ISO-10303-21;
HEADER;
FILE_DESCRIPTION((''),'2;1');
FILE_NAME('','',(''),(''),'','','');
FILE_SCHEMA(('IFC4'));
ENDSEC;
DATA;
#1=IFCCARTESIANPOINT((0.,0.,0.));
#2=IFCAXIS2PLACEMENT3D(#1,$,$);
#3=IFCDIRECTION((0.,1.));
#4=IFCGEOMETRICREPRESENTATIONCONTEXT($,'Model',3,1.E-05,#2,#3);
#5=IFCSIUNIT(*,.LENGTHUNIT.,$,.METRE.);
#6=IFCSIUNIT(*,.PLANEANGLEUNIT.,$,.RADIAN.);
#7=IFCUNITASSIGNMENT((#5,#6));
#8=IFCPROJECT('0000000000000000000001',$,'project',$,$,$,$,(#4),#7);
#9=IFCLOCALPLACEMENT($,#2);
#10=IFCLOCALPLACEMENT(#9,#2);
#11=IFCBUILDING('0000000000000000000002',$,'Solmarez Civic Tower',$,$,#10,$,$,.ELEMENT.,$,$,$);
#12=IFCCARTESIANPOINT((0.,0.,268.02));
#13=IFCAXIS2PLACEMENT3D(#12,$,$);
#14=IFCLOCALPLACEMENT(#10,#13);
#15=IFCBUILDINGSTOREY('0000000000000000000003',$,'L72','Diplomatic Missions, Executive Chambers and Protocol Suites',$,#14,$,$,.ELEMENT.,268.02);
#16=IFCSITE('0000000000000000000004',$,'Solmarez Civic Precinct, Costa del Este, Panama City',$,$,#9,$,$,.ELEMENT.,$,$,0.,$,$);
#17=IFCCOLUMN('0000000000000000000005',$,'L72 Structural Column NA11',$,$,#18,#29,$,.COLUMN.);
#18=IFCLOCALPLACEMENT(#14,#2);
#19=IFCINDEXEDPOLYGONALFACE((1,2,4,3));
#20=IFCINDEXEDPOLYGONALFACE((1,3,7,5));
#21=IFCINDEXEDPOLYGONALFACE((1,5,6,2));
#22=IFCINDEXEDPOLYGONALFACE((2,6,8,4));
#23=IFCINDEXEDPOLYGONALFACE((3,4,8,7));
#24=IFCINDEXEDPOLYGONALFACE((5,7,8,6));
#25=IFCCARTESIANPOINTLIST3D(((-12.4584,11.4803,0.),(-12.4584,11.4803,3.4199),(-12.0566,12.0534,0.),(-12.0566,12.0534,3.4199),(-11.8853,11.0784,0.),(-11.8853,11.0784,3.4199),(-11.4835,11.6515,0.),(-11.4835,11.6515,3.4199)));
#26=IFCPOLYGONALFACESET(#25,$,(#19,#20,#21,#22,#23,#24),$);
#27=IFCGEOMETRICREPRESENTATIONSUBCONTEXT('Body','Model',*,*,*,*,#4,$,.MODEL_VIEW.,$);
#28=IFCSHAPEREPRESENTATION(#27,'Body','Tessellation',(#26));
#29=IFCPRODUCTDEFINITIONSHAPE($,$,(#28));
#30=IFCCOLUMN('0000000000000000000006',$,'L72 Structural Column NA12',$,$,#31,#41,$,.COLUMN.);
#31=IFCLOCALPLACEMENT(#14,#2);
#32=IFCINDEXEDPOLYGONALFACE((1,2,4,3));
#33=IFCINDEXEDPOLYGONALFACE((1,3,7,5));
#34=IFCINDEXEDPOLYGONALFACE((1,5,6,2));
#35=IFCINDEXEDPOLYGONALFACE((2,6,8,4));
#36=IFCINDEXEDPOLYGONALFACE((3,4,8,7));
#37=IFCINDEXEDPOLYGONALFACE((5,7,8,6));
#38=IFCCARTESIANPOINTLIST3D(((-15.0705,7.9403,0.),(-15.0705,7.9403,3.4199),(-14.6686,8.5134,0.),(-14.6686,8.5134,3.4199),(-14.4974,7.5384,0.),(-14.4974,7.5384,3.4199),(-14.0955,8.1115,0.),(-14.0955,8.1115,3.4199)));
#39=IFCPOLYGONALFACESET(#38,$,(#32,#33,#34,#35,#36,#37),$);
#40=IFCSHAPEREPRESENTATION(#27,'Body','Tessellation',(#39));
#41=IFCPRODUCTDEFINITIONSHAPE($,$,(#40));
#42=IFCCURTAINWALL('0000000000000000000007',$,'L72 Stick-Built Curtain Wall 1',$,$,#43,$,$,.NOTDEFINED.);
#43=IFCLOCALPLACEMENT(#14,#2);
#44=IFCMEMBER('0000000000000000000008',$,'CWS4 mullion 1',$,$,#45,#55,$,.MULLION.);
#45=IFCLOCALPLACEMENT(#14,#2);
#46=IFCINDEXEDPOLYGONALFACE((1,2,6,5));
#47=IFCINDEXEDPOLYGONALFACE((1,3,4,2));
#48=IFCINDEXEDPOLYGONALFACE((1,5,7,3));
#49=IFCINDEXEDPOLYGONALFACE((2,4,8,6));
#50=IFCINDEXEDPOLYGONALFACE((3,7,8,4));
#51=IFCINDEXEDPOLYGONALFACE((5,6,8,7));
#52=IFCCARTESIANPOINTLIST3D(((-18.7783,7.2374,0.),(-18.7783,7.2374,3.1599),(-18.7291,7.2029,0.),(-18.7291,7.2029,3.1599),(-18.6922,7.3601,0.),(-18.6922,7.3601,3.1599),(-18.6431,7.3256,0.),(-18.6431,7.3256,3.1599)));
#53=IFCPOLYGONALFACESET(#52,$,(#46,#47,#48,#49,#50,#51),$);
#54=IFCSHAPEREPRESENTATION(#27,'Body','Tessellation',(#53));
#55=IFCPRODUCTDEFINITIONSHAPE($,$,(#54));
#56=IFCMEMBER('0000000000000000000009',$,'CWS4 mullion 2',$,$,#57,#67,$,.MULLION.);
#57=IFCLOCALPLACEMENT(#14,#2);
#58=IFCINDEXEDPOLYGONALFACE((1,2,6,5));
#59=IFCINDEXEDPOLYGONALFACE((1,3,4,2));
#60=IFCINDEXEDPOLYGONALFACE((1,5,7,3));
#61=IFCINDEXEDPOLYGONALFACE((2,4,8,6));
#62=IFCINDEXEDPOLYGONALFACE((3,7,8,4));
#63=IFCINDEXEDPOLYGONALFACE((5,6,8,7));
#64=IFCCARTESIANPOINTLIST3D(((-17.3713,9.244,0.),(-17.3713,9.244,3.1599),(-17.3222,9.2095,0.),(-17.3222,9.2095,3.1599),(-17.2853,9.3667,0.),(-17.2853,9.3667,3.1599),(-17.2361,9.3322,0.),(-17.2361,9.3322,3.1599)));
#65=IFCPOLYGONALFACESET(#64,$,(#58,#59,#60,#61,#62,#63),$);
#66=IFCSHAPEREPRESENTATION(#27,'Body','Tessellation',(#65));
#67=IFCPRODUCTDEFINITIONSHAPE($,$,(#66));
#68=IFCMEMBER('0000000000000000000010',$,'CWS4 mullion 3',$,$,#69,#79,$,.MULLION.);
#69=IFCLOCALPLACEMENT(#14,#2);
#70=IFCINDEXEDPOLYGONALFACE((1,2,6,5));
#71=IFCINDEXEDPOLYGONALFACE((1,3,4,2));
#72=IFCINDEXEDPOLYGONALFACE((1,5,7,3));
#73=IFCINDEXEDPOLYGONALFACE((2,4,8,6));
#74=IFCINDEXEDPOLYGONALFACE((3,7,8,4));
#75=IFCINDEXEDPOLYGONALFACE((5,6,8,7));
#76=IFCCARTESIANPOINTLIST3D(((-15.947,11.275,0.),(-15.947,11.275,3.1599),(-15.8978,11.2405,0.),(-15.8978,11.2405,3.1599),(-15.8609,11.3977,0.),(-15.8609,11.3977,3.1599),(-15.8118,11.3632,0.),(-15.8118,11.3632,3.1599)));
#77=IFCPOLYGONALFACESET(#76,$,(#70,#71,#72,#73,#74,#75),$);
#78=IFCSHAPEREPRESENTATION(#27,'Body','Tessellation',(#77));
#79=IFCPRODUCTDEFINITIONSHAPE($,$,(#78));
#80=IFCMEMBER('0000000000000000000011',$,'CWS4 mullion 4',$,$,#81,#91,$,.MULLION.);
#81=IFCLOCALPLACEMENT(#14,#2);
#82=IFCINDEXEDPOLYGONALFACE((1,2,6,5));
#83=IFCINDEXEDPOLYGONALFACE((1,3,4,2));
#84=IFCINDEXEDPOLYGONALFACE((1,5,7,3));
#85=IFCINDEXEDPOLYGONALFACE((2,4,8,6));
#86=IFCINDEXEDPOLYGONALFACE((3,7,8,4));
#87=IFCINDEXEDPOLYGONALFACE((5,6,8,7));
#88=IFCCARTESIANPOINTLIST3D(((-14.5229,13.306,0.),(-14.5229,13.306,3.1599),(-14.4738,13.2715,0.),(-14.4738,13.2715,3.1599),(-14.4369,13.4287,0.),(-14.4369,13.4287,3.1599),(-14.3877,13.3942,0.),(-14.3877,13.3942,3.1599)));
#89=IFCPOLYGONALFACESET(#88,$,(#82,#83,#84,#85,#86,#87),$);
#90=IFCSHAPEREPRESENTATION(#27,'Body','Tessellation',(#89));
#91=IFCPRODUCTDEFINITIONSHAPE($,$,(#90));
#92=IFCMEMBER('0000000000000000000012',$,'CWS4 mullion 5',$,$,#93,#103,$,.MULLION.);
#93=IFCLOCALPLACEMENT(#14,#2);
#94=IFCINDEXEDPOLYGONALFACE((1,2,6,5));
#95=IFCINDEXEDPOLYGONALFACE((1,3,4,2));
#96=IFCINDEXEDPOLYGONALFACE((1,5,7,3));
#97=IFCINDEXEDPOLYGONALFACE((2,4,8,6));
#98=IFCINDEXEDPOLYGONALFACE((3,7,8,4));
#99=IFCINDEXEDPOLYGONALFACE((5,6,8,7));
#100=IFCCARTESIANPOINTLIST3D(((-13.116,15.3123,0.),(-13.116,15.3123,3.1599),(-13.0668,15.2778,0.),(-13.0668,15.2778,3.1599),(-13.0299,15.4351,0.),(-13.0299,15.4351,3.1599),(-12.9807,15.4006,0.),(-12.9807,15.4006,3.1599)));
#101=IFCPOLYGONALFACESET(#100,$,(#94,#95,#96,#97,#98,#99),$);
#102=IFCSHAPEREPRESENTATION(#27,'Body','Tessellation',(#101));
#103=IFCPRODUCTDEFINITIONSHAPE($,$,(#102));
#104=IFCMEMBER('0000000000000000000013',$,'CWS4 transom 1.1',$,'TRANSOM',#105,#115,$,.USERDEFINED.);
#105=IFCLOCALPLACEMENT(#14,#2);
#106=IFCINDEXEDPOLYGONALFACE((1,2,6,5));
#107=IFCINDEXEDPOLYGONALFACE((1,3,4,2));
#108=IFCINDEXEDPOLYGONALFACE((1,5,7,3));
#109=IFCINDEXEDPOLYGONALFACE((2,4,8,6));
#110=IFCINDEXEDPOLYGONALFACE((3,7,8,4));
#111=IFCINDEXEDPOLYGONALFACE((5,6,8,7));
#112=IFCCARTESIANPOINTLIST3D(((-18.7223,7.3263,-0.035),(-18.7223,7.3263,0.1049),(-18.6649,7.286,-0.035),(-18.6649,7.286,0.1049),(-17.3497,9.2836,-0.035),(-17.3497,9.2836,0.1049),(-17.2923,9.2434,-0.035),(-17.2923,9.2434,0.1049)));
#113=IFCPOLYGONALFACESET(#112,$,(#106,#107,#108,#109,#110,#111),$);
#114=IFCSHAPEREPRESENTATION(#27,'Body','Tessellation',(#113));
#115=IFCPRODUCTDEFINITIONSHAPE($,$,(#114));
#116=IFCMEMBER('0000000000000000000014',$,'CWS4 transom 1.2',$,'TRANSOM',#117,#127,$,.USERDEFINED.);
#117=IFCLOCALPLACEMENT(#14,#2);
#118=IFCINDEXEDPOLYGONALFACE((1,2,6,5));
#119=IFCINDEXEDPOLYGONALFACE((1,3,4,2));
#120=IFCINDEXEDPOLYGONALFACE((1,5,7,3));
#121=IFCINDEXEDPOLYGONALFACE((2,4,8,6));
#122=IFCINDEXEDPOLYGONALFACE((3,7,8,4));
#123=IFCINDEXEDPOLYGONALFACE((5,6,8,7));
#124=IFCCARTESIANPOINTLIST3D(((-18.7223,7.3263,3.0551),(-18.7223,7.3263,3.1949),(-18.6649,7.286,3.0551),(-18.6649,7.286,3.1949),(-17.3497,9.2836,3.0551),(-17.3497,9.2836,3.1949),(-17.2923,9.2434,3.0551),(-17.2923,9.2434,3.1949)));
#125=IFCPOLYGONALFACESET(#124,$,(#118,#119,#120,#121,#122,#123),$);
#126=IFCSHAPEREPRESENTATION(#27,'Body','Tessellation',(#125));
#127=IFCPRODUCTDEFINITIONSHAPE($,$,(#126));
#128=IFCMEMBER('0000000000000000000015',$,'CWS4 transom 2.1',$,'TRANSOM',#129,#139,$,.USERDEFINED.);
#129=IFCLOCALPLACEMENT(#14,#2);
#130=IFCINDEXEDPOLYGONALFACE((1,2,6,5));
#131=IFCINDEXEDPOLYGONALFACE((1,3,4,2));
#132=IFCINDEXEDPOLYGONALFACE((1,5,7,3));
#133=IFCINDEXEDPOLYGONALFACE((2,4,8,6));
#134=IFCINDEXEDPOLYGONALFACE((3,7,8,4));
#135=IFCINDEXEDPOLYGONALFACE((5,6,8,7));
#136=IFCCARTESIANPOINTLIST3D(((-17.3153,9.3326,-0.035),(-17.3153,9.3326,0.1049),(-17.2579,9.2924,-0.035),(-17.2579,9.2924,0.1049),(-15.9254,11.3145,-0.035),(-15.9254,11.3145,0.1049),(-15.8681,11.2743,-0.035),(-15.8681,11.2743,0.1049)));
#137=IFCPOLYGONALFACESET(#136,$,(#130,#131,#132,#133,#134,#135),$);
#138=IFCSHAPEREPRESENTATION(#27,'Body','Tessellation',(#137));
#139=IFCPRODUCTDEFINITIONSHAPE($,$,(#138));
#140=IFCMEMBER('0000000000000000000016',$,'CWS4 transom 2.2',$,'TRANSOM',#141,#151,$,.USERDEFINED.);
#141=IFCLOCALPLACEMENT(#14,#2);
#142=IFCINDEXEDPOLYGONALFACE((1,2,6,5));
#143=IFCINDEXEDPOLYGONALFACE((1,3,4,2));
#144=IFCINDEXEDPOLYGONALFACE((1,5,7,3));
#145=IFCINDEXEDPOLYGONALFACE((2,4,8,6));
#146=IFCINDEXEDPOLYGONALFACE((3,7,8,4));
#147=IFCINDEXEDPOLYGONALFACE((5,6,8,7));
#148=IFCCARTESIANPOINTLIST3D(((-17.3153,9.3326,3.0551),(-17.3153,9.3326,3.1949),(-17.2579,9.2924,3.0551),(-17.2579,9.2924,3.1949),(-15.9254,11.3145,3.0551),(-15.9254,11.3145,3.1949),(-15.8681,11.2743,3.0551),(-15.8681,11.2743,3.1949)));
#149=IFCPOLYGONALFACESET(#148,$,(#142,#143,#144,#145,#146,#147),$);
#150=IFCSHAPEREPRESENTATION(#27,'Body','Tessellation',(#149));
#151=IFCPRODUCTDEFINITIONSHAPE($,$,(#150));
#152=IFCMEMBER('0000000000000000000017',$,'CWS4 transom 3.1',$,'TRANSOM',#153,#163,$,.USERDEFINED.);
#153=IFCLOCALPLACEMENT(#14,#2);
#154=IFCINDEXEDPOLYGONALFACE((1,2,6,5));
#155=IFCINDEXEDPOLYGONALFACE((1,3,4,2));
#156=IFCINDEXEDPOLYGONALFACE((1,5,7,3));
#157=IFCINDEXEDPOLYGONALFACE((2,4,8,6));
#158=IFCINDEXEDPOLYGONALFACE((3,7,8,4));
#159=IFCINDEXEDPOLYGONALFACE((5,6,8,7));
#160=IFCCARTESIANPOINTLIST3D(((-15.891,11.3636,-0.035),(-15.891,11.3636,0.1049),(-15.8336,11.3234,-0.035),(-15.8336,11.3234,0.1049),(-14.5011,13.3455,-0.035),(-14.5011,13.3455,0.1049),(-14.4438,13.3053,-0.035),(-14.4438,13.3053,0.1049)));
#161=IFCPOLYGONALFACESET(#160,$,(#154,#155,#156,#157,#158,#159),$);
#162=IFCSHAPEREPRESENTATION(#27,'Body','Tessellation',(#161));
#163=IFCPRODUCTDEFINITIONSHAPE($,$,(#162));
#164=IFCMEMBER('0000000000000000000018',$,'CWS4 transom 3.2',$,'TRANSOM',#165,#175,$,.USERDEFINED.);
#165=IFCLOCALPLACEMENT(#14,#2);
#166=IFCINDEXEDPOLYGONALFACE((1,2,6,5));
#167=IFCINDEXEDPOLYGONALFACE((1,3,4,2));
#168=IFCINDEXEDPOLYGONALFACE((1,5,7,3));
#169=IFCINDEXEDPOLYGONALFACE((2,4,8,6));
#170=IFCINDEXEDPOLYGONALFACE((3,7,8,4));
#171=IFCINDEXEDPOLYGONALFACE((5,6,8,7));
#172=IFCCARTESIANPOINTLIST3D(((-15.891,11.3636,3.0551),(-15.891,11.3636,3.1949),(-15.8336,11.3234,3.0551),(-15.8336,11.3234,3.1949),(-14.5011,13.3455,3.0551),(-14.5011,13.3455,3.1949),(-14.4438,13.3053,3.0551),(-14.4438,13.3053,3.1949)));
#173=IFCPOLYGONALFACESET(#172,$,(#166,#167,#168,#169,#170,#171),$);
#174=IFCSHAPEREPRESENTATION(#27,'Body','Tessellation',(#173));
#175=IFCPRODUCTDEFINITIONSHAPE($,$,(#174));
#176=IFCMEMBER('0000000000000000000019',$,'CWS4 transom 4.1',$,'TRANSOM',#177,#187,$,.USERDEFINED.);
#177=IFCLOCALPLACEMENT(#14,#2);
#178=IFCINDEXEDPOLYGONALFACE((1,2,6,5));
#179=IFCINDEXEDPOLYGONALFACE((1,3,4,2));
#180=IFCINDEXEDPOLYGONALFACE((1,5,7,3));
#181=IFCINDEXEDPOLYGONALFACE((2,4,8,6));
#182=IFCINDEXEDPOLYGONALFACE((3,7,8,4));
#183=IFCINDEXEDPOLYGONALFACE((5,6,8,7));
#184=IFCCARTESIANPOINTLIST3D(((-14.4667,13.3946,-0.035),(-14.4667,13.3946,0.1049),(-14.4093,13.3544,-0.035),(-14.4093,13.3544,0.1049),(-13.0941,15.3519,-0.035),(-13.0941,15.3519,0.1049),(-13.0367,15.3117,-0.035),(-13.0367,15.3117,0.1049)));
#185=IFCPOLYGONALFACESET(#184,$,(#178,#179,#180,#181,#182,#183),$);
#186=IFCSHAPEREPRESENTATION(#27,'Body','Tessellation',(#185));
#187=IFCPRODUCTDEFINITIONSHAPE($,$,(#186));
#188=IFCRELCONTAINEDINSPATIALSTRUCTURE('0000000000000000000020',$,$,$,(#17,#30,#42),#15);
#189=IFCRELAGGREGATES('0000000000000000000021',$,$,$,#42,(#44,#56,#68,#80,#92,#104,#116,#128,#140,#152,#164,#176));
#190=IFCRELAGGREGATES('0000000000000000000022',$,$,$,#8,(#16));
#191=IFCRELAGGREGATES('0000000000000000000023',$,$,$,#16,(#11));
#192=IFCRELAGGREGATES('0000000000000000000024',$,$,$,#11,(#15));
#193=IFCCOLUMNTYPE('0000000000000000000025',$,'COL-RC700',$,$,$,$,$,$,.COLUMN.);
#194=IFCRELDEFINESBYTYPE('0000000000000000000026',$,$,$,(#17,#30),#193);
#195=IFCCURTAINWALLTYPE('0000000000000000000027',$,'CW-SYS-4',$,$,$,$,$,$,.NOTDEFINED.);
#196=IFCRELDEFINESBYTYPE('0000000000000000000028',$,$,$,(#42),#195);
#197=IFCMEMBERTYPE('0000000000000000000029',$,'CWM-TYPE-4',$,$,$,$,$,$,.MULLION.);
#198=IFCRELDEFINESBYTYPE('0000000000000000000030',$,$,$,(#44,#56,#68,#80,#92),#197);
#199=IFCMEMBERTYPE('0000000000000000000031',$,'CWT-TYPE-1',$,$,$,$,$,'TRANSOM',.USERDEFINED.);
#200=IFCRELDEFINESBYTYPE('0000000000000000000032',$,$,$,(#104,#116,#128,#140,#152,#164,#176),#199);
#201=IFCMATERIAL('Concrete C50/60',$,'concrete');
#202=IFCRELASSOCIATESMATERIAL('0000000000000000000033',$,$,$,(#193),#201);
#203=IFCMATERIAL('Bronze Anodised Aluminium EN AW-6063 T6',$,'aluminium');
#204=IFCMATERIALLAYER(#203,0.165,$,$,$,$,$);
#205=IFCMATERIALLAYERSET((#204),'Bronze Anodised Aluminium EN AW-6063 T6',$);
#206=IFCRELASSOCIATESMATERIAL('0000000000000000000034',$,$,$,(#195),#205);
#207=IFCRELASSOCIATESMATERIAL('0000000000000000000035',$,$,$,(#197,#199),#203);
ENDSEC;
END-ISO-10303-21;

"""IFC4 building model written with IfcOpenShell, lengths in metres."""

from ifc_helpers import new_model, si_unit, direction, frame, origin, origin_2d, place, context, subcontext, project, spatial, rectangle, extrude, material, layer, layer_set, material_profile, profile_set, type_object, element, aggregate, save


model = new_model("IFC4")

# Units and contexts
model_context = context("Model", 3, precision=1e-05, world=origin(), true_north=direction((0.0, 1.0)))
body_context = subcontext(model_context, "Body", "Model", "MODEL_VIEW")
ifc_project = project(units=[si_unit("LENGTHUNIT", "METRE"), si_unit("PLANEANGLEUNIT", "RADIAN")], contexts=[model_context])

# Site, building, storey
site_placement = place(None, origin())
site = spatial("IfcSite", under=ifc_project, at=site_placement, Name="Solmarez Civic Precinct, Costa del Este, Panama City", CompositionType="ELEMENT", RefElevation=0.0)
building_placement = place(site_placement, origin())
building = spatial("IfcBuilding", under=site, at=building_placement, Name="Solmarez Civic Tower", CompositionType="ELEMENT")
storey_placement = place(building_placement, frame((0.0, 0.0, 268.02)))
storey = spatial("IfcBuildingStorey", under=building, at=storey_placement, Name="L72", Description="Diplomatic Missions, Executive Chambers and Protocol Suites", CompositionType="ELEMENT", Elevation=268.02)

# Columns
ifc_material_1 = material(Name="Concrete C50/60", Category="concrete")
ifc_material_profile_1 = material_profile(ifc_material_1, rectangle(XDim=0.7, YDim=0.7, at=origin_2d()), Name="RC700X700")
ifc_profile_set_1 = profile_set([ifc_material_profile_1], Name="Concrete C50/60")
column_type = type_object("IfcColumnType", Name="COL-RC700", PredefinedType="COLUMN", material=ifc_profile_set_1)
for number, where, z_axis, x_axis, name in (
    (1, (-11.9709, 11.5659, 0.0), (0.0, 0.0, 1.0), (0.574148, 0.818751, 0.0), "L72 Structural Column NA11"),
    (2, (-14.583, 8.0259, 0.0), (0.0, 0.0, 1.0), (0.574148, 0.818751, 0.0), "L72 Structural Column NA12"),
):
    element("IfcColumn", number, at=place(storey_placement, frame(where, z_axis=z_axis, x_axis=x_axis)), inside=storey, type_object=column_type, Name=name, PredefinedType="COLUMN", context=body_context, shape_type="SweptSolid", body=[
        extrude(rectangle(XDim=0.7, YDim=0.7, at=origin_2d()), origin(), (0.0, 0.0, 1.0), 3.4199),
    ])

# Curtain wall, members
ifc_material_2 = material(Name="Bronze Anodised Aluminium EN AW-6063 T6", Category="aluminium")
ifc_layer_1 = layer(ifc_material_2, 0.165)
ifc_layer_set_1 = layer_set([ifc_layer_1], Name="Bronze Anodised Aluminium EN AW-6063 T6")
curtain_wall_type = type_object("IfcCurtainWallType", Name="CW-SYS-4", PredefinedType="NOTDEFINED", material=ifc_layer_set_1)
curtain_wall_placement = place(storey_placement, origin())
curtain_wall = element("IfcCurtainWall", 3, at=curtain_wall_placement, inside=storey, type_object=curtain_wall_type, Name="L72 Stick-Built Curtain Wall 1", PredefinedType="NOTDEFINED")
ifc_material_profile_2 = material_profile(ifc_material_2, rectangle(XDim=0.0601, YDim=0.1499, at=origin_2d()), Name="CWM-60X150")
ifc_profile_set_2 = profile_set([ifc_material_profile_2], Name="Bronze Anodised Aluminium EN AW-6063 T6")
member_type_1 = type_object("IfcMemberType", Name="CWM-TYPE-4", PredefinedType="MULLION", material=ifc_profile_set_2)
member_1_placement = place(storey_placement, frame((-18.7107, 7.2815, 0.0), z_axis=(0.0, 0.0, 1.0), x_axis=(-0.818749, 0.574152, 0.0)))
member_1 = element("IfcMember", 4, at=member_1_placement, type_object=member_type_1, Name="CWS4 mullion 1", PredefinedType="MULLION", context=body_context, shape_type="SweptSolid", body=[
    extrude(rectangle(XDim=0.0601, YDim=0.1499, at=origin_2d()), origin(), (0.0, 0.0, 1.0), 3.1599),
])
member_2_placement = place(storey_placement, frame((-17.3037, 9.2881, 0.0), z_axis=(0.0, 0.0, 1.0), x_axis=(-0.818749, 0.574152, 0.0)))
member_2 = element("IfcMember", 5, at=member_2_placement, type_object=member_type_1, Name="CWS4 mullion 2", PredefinedType="MULLION", context=body_context, shape_type="SweptSolid", body=[
    extrude(rectangle(XDim=0.0601, YDim=0.1499, at=origin_2d()), origin(), (0.0, 0.0, 1.0), 3.1599),
])
member_3_placement = place(storey_placement, frame((-15.8794, 11.3191, 0.0), z_axis=(0.0, 0.0, 1.0), x_axis=(-0.818749, 0.574152, 0.0)))
member_3 = element("IfcMember", 6, at=member_3_placement, type_object=member_type_1, Name="CWS4 mullion 3", PredefinedType="MULLION", context=body_context, shape_type="SweptSolid", body=[
    extrude(rectangle(XDim=0.0601, YDim=0.1499, at=origin_2d()), origin(), (0.0, 0.0, 1.0), 3.1599),
])
member_4_placement = place(storey_placement, frame((-14.4553, 13.3501, 0.0), z_axis=(0.0, 0.0, 1.0), x_axis=(-0.818749, 0.574152, 0.0)))
member_4 = element("IfcMember", 7, at=member_4_placement, type_object=member_type_1, Name="CWS4 mullion 4", PredefinedType="MULLION", context=body_context, shape_type="SweptSolid", body=[
    extrude(rectangle(XDim=0.0601, YDim=0.1499, at=origin_2d()), origin(), (0.0, 0.0, 1.0), 3.1599),
])
member_5_placement = place(storey_placement, frame((-13.0483, 15.3564, 0.0), z_axis=(0.0, 0.0, 1.0), x_axis=(-0.818749, 0.574152, 0.0)))
member_5 = element("IfcMember", 8, at=member_5_placement, type_object=member_type_1, Name="CWS4 mullion 5", PredefinedType="MULLION", context=body_context, shape_type="SweptSolid", body=[
    extrude(rectangle(XDim=0.0601, YDim=0.1499, at=origin_2d()), origin(), (0.0, 0.0, 1.0), 3.1599),
])
ifc_material_profile_3 = material_profile(ifc_material_2, rectangle(XDim=0.0701, YDim=0.1399, at=origin_2d()), Name="CWT-70X140")
ifc_profile_set_3 = profile_set([ifc_material_profile_3], Name="Bronze Anodised Aluminium EN AW-6063 T6")
member_type_2 = type_object("IfcMemberType", Name="CWT-TYPE-1", ElementType="TRANSOM", PredefinedType="USERDEFINED", material=ifc_profile_set_3)
member_6_placement = place(storey_placement, frame((-18.6936, 7.3062, 0.0349), z_axis=(0.574154, 0.818747, 0.0), x_axis=(-0.818747, 0.574154, 0.0)))
member_6 = element("IfcMember", 9, at=member_6_placement, type_object=member_type_2, Name="CWS4 transom 1.1", ObjectType="TRANSOM", PredefinedType="USERDEFINED", context=body_context, shape_type="SweptSolid", body=[
    extrude(rectangle(XDim=0.0701, YDim=0.1399, at=origin_2d()), origin(), (0.0, 0.0, 1.0), 2.3906),
])
member_7_placement = place(storey_placement, frame((-18.6936, 7.3062, 3.125), z_axis=(0.574154, 0.818747, 0.0), x_axis=(-0.818747, 0.574154, 0.0)))
member_7 = element("IfcMember", 10, at=member_7_placement, type_object=member_type_2, Name="CWS4 transom 1.2", ObjectType="TRANSOM", PredefinedType="USERDEFINED", context=body_context, shape_type="SweptSolid", body=[
    extrude(rectangle(XDim=0.0701, YDim=0.1399, at=origin_2d()), origin(), (0.0, 0.0, 1.0), 2.3906),
])
member_8_placement = place(storey_placement, frame((-17.2866, 9.3125, 0.0349), z_axis=(0.574166, 0.818739, 0.0), x_axis=(-0.818739, 0.574166, 0.0)))
member_8 = element("IfcMember", 11, at=member_8_placement, type_object=member_type_2, Name="CWS4 transom 2.1", ObjectType="TRANSOM", PredefinedType="USERDEFINED", context=body_context, shape_type="SweptSolid", body=[
    extrude(rectangle(XDim=0.0701, YDim=0.1399, at=origin_2d()), origin(), (0.0, 0.0, 1.0), 2.4207),
])
member_9_placement = place(storey_placement, frame((-17.2866, 9.3125, 3.125), z_axis=(0.574166, 0.818739, 0.0), x_axis=(-0.818739, 0.574166, 0.0)))
member_9 = element("IfcMember", 12, at=member_9_placement, type_object=member_type_2, Name="CWS4 transom 2.2", ObjectType="TRANSOM", PredefinedType="USERDEFINED", context=body_context, shape_type="SweptSolid", body=[
    extrude(rectangle(XDim=0.0701, YDim=0.1399, at=origin_2d()), origin(), (0.0, 0.0, 1.0), 2.4207),
])
member_10_placement = place(storey_placement, frame((-15.8623, 11.3435, 0.0349), z_axis=(0.574166, 0.818739, 0.0), x_axis=(-0.818739, 0.574166, 0.0)))
member_10 = element("IfcMember", 13, at=member_10_placement, type_object=member_type_2, Name="CWS4 transom 3.1", ObjectType="TRANSOM", PredefinedType="USERDEFINED", context=body_context, shape_type="SweptSolid", body=[
    extrude(rectangle(XDim=0.0701, YDim=0.1399, at=origin_2d()), origin(), (0.0, 0.0, 1.0), 2.4207),
])
member_11_placement = place(storey_placement, frame((-15.8623, 11.3435, 3.125), z_axis=(0.574166, 0.818739, 0.0), x_axis=(-0.818739, 0.574166, 0.0)))
member_11 = element("IfcMember", 14, at=member_11_placement, type_object=member_type_2, Name="CWS4 transom 3.2", ObjectType="TRANSOM", PredefinedType="USERDEFINED", context=body_context, shape_type="SweptSolid", body=[
    extrude(rectangle(XDim=0.0701, YDim=0.1399, at=origin_2d()), origin(), (0.0, 0.0, 1.0), 2.4207),
])
member_12_placement = place(storey_placement, frame((-14.438, 13.3745, 0.0349), z_axis=(0.574154, 0.818747, 0.0), x_axis=(-0.818747, 0.574154, 0.0)))
member_12 = element("IfcMember", 15, at=member_12_placement, type_object=member_type_2, Name="CWS4 transom 4.1", ObjectType="TRANSOM", PredefinedType="USERDEFINED", context=body_context, shape_type="SweptSolid", body=[
    extrude(rectangle(XDim=0.0701, YDim=0.1399, at=origin_2d()), origin(), (0.0, 0.0, 1.0), 2.3906),
])
aggregate(curtain_wall, [member_1, member_2, member_3, member_4, member_5, member_6, member_7, member_8, member_9, member_10, member_11, member_12])

save(model, "model.ifc")
